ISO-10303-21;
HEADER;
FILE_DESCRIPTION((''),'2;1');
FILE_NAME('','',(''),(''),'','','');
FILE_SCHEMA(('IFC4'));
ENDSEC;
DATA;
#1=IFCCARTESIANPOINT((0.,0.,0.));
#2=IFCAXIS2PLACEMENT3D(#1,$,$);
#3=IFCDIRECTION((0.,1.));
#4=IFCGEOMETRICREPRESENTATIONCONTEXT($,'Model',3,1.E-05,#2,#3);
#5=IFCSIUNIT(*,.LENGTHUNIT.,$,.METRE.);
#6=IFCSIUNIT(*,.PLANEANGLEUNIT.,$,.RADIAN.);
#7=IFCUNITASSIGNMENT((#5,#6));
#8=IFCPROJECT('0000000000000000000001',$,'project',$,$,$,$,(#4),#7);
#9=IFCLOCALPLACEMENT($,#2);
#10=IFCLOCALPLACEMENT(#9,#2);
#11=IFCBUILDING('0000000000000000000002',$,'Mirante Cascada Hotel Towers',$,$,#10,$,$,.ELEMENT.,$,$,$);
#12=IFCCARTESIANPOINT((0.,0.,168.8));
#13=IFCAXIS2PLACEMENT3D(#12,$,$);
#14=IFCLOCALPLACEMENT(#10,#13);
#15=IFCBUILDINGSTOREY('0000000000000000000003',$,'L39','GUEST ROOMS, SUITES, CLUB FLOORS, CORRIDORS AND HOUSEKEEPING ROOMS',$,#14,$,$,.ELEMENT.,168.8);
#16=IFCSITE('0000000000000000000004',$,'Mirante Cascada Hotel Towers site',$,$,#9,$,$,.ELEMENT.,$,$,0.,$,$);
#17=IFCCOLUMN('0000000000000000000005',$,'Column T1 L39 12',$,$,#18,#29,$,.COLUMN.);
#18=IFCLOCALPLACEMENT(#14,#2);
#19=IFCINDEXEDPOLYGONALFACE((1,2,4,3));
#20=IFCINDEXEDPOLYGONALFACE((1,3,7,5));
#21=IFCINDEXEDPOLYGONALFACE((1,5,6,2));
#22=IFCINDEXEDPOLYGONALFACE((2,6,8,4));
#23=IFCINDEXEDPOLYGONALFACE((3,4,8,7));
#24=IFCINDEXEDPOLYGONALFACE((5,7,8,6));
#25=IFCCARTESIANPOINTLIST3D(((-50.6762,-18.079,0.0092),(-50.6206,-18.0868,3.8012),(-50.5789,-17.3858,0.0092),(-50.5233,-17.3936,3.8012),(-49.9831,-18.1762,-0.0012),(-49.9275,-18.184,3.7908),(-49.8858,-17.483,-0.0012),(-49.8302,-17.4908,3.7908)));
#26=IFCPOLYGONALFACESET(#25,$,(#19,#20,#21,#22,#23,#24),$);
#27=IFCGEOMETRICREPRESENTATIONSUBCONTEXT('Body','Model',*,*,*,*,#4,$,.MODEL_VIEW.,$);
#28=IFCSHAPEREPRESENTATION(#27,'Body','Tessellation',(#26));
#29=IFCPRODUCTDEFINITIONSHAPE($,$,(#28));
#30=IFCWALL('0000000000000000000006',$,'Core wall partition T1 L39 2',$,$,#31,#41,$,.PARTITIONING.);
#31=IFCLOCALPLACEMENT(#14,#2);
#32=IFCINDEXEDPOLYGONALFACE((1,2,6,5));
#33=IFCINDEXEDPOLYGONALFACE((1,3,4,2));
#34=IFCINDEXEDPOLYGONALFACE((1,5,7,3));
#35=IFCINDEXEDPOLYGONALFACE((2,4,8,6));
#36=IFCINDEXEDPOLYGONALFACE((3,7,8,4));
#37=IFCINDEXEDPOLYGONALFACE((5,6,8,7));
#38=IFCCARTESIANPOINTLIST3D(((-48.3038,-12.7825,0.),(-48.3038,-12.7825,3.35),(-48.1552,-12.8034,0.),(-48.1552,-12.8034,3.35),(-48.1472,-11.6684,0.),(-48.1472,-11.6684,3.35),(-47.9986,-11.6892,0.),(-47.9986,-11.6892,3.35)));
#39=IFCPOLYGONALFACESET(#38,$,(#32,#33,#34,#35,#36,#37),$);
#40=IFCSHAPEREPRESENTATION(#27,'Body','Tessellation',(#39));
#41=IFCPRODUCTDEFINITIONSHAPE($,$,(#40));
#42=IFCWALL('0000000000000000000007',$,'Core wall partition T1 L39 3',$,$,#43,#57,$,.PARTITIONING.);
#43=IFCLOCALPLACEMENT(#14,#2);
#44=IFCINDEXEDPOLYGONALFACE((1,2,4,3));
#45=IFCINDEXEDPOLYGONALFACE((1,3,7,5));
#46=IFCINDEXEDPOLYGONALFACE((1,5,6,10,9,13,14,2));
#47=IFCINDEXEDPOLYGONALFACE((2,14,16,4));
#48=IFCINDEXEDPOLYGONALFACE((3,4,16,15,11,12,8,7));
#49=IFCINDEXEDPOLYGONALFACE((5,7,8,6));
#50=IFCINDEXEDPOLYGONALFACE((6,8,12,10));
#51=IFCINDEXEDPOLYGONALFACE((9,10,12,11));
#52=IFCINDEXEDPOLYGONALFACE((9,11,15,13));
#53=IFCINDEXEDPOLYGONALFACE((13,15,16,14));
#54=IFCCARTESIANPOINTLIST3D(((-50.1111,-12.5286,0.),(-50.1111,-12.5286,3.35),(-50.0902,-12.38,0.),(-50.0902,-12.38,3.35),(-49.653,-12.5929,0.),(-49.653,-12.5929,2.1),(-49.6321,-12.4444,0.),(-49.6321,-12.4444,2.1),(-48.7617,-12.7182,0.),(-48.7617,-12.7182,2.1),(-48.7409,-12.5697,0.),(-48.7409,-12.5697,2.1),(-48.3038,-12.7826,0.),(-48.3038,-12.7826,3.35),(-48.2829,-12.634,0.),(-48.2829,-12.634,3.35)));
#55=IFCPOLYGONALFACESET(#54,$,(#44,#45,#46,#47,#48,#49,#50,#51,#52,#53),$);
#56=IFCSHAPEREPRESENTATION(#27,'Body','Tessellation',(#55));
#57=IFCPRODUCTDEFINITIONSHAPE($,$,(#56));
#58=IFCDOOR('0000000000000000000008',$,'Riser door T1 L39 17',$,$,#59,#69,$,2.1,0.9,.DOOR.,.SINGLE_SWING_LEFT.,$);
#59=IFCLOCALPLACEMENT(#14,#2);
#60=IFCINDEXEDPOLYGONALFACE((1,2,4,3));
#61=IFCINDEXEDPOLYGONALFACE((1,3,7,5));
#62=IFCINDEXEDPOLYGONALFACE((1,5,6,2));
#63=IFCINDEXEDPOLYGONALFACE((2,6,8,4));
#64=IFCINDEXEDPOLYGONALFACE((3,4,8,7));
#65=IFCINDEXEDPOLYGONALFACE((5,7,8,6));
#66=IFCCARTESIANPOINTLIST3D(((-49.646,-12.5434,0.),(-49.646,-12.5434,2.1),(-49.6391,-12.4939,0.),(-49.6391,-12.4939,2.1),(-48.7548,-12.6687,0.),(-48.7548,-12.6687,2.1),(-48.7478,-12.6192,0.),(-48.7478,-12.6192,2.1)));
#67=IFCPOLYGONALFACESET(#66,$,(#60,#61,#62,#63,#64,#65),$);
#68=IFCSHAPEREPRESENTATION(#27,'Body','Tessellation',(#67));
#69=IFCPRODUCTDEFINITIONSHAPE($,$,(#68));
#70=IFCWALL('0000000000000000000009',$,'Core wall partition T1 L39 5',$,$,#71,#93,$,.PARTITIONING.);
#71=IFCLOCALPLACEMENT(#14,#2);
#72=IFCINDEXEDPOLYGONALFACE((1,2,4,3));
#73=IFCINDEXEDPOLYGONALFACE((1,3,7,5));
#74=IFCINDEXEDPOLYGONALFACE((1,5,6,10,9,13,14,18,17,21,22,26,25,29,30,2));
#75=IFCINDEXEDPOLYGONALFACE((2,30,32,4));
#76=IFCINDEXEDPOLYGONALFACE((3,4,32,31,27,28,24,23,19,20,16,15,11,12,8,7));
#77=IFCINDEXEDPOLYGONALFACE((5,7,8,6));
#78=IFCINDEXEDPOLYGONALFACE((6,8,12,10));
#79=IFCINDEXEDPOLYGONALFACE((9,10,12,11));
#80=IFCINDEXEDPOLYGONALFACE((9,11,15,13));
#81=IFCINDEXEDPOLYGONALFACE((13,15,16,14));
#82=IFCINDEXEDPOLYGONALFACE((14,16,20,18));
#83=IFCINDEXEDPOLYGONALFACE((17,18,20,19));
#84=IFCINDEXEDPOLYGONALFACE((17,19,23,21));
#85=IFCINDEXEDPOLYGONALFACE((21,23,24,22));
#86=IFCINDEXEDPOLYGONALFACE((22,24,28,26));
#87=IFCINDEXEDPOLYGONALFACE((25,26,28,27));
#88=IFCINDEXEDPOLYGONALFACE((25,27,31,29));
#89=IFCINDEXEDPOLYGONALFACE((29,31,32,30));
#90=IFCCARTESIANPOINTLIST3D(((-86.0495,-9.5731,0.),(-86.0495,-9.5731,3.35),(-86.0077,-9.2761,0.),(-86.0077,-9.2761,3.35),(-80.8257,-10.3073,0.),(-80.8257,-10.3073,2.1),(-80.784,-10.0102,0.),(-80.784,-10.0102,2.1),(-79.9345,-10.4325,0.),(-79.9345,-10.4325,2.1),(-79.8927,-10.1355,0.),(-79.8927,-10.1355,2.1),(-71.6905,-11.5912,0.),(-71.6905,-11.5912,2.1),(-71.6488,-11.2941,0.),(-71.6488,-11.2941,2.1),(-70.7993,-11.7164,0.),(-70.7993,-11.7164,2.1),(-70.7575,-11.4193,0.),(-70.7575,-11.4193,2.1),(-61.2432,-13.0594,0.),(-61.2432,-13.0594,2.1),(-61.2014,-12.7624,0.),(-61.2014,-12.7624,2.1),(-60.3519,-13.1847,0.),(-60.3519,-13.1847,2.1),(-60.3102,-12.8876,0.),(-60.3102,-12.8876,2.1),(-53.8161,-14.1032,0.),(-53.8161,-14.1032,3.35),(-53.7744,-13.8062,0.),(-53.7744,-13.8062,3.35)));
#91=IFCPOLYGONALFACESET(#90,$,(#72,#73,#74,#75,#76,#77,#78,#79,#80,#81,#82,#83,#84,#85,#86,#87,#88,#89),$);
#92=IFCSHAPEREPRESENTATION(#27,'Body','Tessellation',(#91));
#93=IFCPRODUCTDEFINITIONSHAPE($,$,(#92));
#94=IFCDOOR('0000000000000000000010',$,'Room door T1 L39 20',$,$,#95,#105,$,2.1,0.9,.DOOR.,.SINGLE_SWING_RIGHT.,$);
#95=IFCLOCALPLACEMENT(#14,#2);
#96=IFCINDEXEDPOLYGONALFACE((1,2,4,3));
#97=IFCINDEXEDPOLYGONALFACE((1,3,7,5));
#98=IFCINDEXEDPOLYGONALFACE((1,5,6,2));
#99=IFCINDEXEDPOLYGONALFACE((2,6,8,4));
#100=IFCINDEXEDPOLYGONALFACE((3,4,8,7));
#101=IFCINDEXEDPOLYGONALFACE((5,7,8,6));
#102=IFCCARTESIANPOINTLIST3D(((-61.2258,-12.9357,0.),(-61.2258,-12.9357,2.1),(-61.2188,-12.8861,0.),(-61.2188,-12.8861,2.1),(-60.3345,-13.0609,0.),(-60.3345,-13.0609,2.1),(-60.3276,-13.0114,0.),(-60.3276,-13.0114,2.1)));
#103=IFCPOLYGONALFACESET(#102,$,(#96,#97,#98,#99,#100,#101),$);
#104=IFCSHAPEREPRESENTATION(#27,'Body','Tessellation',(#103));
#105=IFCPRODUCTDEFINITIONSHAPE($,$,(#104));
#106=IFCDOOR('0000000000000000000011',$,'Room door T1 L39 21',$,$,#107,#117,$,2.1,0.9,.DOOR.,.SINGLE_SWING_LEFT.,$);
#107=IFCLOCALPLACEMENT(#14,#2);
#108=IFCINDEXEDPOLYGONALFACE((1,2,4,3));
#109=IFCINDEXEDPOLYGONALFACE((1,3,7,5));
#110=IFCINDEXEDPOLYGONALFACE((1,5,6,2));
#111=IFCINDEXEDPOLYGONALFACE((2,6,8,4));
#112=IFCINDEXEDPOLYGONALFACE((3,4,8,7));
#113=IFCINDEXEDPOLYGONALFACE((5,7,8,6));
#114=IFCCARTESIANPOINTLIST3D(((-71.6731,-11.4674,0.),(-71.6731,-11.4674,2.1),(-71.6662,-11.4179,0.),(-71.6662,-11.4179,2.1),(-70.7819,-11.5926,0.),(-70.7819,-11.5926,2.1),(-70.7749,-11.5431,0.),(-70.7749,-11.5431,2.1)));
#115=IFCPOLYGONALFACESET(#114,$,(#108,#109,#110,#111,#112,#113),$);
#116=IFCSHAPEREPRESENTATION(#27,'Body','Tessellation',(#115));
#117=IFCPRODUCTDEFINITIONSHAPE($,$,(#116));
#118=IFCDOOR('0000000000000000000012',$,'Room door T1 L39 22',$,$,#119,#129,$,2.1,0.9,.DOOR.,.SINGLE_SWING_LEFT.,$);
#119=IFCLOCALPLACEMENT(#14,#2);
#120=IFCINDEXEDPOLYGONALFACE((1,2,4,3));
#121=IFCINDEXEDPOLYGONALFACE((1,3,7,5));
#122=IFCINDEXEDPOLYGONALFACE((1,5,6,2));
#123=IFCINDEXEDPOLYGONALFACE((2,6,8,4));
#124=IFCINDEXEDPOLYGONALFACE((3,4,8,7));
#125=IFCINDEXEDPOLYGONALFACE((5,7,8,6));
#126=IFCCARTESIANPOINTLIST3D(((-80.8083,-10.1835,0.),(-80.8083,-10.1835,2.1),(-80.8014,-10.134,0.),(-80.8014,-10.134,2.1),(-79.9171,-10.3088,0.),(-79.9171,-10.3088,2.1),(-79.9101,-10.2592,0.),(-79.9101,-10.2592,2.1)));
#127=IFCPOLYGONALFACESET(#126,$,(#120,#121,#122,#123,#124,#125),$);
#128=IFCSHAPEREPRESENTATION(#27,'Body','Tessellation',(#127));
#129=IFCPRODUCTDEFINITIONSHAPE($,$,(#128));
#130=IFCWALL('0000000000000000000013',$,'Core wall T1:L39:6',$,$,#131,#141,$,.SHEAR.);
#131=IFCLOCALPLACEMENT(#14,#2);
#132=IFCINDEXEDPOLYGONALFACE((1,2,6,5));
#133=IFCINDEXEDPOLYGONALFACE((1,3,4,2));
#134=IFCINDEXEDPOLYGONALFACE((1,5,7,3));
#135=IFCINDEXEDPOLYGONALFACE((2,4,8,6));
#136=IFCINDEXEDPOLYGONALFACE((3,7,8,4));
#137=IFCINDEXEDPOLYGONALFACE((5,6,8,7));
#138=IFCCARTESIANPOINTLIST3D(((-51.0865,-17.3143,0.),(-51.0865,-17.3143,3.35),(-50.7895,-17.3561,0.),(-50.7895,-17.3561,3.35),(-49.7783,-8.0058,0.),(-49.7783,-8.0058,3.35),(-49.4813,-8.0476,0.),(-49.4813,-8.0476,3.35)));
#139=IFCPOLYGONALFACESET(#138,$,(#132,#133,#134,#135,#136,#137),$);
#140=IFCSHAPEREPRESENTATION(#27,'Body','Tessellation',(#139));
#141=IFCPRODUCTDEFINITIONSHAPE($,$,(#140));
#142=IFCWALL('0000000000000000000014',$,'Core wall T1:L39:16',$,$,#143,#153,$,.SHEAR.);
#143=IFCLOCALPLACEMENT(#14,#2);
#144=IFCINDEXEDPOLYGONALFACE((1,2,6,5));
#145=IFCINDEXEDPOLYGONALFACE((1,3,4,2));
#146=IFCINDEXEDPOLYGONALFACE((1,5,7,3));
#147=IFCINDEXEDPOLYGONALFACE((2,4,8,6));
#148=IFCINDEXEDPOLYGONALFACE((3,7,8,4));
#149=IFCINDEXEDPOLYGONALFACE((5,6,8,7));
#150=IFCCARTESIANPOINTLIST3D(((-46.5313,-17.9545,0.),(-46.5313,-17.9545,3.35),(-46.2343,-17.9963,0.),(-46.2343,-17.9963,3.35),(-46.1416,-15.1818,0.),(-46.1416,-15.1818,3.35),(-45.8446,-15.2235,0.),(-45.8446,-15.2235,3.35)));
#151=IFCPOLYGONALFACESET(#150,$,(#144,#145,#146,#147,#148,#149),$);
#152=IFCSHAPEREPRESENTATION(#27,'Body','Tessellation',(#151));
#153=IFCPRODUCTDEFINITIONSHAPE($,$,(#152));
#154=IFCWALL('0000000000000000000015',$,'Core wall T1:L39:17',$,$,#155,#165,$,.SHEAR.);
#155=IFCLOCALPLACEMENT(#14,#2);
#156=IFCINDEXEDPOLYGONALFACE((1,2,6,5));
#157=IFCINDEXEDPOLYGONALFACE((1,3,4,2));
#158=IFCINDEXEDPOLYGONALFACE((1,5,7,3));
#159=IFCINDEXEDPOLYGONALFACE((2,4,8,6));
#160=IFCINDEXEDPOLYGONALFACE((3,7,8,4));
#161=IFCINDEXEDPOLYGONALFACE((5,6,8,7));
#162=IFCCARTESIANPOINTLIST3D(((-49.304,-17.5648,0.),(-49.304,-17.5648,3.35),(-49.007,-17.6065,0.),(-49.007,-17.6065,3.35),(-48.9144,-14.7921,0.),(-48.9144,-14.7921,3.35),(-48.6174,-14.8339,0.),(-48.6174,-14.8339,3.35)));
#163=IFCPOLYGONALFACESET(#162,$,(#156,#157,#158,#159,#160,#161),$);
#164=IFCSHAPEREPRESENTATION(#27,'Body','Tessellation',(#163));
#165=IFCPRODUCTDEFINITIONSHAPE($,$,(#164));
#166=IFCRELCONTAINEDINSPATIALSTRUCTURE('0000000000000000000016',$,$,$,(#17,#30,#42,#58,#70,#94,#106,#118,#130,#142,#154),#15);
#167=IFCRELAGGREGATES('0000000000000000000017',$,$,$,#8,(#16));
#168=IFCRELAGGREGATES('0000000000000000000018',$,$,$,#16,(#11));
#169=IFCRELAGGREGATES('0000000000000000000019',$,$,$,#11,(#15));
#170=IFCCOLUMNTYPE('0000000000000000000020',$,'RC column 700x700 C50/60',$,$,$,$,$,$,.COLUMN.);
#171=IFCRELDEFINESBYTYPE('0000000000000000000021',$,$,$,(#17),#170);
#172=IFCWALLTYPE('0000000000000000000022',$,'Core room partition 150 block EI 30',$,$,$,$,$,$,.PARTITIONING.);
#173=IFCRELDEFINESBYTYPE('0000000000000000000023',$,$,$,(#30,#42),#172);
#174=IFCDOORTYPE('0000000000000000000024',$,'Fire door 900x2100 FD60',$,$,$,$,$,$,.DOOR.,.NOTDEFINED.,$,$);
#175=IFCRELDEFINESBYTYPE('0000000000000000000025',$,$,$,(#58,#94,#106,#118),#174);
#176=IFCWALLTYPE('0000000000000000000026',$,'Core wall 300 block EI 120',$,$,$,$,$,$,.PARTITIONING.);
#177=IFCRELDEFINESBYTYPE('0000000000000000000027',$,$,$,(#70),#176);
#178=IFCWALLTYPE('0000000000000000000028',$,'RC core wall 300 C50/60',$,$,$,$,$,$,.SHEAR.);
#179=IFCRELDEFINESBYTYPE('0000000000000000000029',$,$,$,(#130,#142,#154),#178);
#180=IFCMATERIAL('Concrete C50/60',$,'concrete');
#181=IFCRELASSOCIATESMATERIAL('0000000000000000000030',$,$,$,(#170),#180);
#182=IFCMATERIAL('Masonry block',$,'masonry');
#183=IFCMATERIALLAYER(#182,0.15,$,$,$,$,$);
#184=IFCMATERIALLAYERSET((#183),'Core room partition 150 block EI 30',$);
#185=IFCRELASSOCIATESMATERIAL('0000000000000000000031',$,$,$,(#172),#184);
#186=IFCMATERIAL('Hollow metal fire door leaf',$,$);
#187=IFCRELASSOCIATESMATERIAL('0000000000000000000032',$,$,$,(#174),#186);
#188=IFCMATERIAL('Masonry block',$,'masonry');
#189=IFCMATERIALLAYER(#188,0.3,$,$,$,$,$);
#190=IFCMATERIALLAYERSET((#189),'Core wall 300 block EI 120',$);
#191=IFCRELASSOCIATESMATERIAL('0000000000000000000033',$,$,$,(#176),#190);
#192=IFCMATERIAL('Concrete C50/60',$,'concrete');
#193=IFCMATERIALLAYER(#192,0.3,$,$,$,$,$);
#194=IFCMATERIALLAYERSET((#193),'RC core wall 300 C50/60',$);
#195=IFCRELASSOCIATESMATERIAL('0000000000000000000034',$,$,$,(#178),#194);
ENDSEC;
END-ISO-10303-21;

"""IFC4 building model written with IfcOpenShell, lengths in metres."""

from ifc_helpers import new_model, si_unit, direction, frame, frame_2d, origin, origin_2d, place, context, subcontext, project, spatial, rectangle, extrude, material, layer, layer_set, material_profile, profile_set, type_object, element, fill, save


model = new_model("IFC4")

# Units and contexts
model_context = context("Model", 3, precision=1e-05, world=origin(), true_north=direction((0.0, 1.0)))
body_context = subcontext(model_context, "Body", "Model", "MODEL_VIEW")
ifc_project = project(units=[si_unit("LENGTHUNIT", "METRE"), si_unit("PLANEANGLEUNIT", "RADIAN")], contexts=[model_context])

# Site, building, storey
site_placement = place(None, origin())
site = spatial("IfcSite", under=ifc_project, at=site_placement, Name="Mirante Cascada Hotel Towers site", CompositionType="ELEMENT", RefElevation=0.0)
building_placement = place(site_placement, origin())
building = spatial("IfcBuilding", under=site, at=building_placement, Name="Mirante Cascada Hotel Towers", CompositionType="ELEMENT")
storey_placement = place(building_placement, frame((0.0, 0.0, 168.8)))
storey = spatial("IfcBuildingStorey", under=building, at=storey_placement, Name="L39", Description="GUEST ROOMS, SUITES, CLUB FLOORS, CORRIDORS AND HOUSEKEEPING ROOMS", CompositionType="ELEMENT", Elevation=168.8)

# Column
ifc_material_1 = material(Name="Concrete C50/60", Category="concrete")
ifc_material_profile = material_profile(ifc_material_1, rectangle(XDim=0.7, YDim=0.7, at=origin_2d()), Name="RC column 700x700 C50/60")
ifc_profile_set = profile_set([ifc_material_profile], Name="Concrete C50/60")
column_type = type_object("IfcColumnType", Name="RC column 700x700 C50/60", PredefinedType="COLUMN", material=ifc_profile_set)
column_placement = place(storey_placement, frame((-50.281, -17.781, 0.004), z_axis=(0.014661, -0.002057, 0.99989), x_axis=(0.138927, 0.990303, 0.0)))
element("IfcColumn", 1, at=column_placement, inside=storey, type_object=column_type, Name="Column T1 L39 12", PredefinedType="COLUMN", context=body_context, shape_type="SweptSolid", body=[
    extrude(rectangle(XDim=0.7, YDim=0.7, at=origin_2d()), origin(), (0.0, 0.0, 1.0), 3.7924),
])

# Wall
ifc_material_2 = material(Name="Masonry block", Category="masonry")
ifc_layer_1 = layer(ifc_material_2, 0.15)
ifc_layer_set_1 = layer_set([ifc_layer_1], Name="Core room partition 150 block EI 30")
wall_type_1 = type_object("IfcWallType", Name="Core room partition 150 block EI 30", PredefinedType="PARTITIONING", material=ifc_layer_set_1)
wall_1_placement = place(storey_placement, frame((-48.2295, -12.793, 0.0), z_axis=(0.0, 0.0, 1.0), x_axis=(0.139193, 0.990265, 0.0)))
element("IfcWall", 2, at=wall_1_placement, inside=storey, type_object=wall_type_1, Name="Core wall partition T1 L39 2", PredefinedType="PARTITIONING", context=body_context, shape_type="SweptSolid", body=[
    extrude(rectangle(XDim=1.1251, YDim=0.15, at=frame_2d((0.5626, 0.0))), origin(), (0.0, 0.0, 1.0), 3.35),
])

# Wall, opening, door
wall_2_placement = place(storey_placement, frame((-48.2933, -12.7083, 0.0), z_axis=(0.0, 0.0, 1.0), x_axis=(-0.990268, 0.139173, 0.0)))
wall_2 = element("IfcWall", 3, at=wall_2_placement, inside=storey, type_object=wall_type_1, Name="Core wall partition T1 L39 3", PredefinedType="PARTITIONING", context=body_context, shape_type="SweptSolid", body=[
    extrude(rectangle(XDim=1.8251, YDim=0.15, at=frame_2d((0.9126, 0.0))), origin(), (0.0, 0.0, 1.0), 3.35),
])
opening_1_placement = place(wall_2_placement, frame((0.4625, 0.0, 0.0)))
opening_1 = element("IfcOpeningElement", 4, at=opening_1_placement, cuts=wall_2, PredefinedType="OPENING", context=body_context, shape_type="SweptSolid", body=[
    extrude(rectangle(XDim=0.9, YDim=2.1, at=frame_2d((0.45, 1.05))), frame((0.0, 0.075, 0.0), z_axis=(0.0, -1.0, 0.0), x_axis=(1.0, 0.0, 0.0)), (0.0, 0.0, 1.0), 0.15),
])
ifc_material_3 = material(Name="Hollow metal fire door leaf")
door_type = type_object("IfcDoorType", Name="Fire door 900x2100 FD60", OperationType="NOTDEFINED", PredefinedType="DOOR", material=ifc_material_3)
door_1_placement = place(opening_1_placement, origin())
door_1 = element("IfcDoor", 5, at=door_1_placement, inside=storey, type_object=door_type, Name="Riser door T1 L39 17", OperationType="SINGLE_SWING_LEFT", OverallHeight=2.1, OverallWidth=0.9, PredefinedType="DOOR", context=body_context, shape_type="SweptSolid", body=[
    extrude(rectangle(XDim=0.9, YDim=2.1, at=frame_2d((0.45, 1.05))), frame((0.0, 0.025, 0.0), z_axis=(0.0, -1.0, 0.0), x_axis=(1.0, 0.0, 0.0)), (0.0, 0.0, 1.0), 0.05),
])
fill(opening_1, door_1)

# Wall, openings, doors
ifc_material_4 = material(Name="Masonry block", Category="masonry")
ifc_layer_2 = layer(ifc_material_4, 0.3)
ifc_layer_set_2 = layer_set([ifc_layer_2], Name="Core wall 300 block EI 120")
wall_type_2 = type_object("IfcWallType", Name="Core wall 300 block EI 120", PredefinedType="PARTITIONING", material=ifc_layer_set_2)
wall_3_placement = place(storey_placement, frame((-53.7953, -13.9547, 0.0), z_axis=(0.0, 0.0, 1.0), x_axis=(-0.990268, 0.139173, 0.0)))
wall_3 = element("IfcWall", 6, at=wall_3_placement, inside=storey, type_object=wall_type_2, Name="Core wall partition T1 L39 5", PredefinedType="PARTITIONING", context=body_context, shape_type="SweptSolid", body=[
    extrude(rectangle(XDim=32.5501, YDim=0.3, at=frame_2d((16.275, 0.0))), origin(), (0.0, 0.0, 1.0), 3.35),
])
opening_2_placement = place(wall_3_placement, frame((6.6, 0.0, 0.0)))
opening_2 = element("IfcOpeningElement", 7, at=opening_2_placement, cuts=wall_3, PredefinedType="OPENING", context=body_context, shape_type="SweptSolid", body=[
    extrude(rectangle(XDim=0.9, YDim=2.1, at=frame_2d((0.45, 1.05))), frame((0.0, 0.15, 0.0), z_axis=(0.0, -1.0, 0.0), x_axis=(1.0, 0.0, 0.0)), (0.0, 0.0, 1.0), 0.3),
])
opening_3_placement = place(wall_3_placement, frame((17.15, 0.0, 0.0)))
opening_3 = element("IfcOpeningElement", 8, at=opening_3_placement, cuts=wall_3, PredefinedType="OPENING", context=body_context, shape_type="SweptSolid", body=[
    extrude(rectangle(XDim=0.9, YDim=2.1, at=frame_2d((0.45, 1.05))), frame((0.0, 0.15, 0.0), z_axis=(0.0, -1.0, 0.0), x_axis=(1.0, 0.0, 0.0)), (0.0, 0.0, 1.0), 0.3),
])
opening_4_placement = place(wall_3_placement, frame((26.375, 0.0, 0.0)))
opening_4 = element("IfcOpeningElement", 9, at=opening_4_placement, cuts=wall_3, PredefinedType="OPENING", context=body_context, shape_type="SweptSolid", body=[
    extrude(rectangle(XDim=0.9, YDim=2.1, at=frame_2d((0.45, 1.05))), frame((0.0, 0.15, 0.0), z_axis=(0.0, -1.0, 0.0), x_axis=(1.0, 0.0, 0.0)), (0.0, 0.0, 1.0), 0.3),
])
door_2_placement = place(opening_2_placement, origin())
door_2 = element("IfcDoor", 10, at=door_2_placement, inside=storey, type_object=door_type, Name="Room door T1 L39 20", OperationType="SINGLE_SWING_RIGHT", OverallHeight=2.1, OverallWidth=0.9, PredefinedType="DOOR", context=body_context, shape_type="SweptSolid", body=[
    extrude(rectangle(XDim=0.9, YDim=2.1, at=frame_2d((0.45, 1.05))), frame((0.0, 0.025, 0.0), z_axis=(0.0, -1.0, 0.0), x_axis=(1.0, 0.0, 0.0)), (0.0, 0.0, 1.0), 0.05),
])
fill(opening_2, door_2)
door_3_placement = place(opening_3_placement, origin())
door_3 = element("IfcDoor", 11, at=door_3_placement, inside=storey, type_object=door_type, Name="Room door T1 L39 21", OperationType="SINGLE_SWING_LEFT", OverallHeight=2.1, OverallWidth=0.9, PredefinedType="DOOR", context=body_context, shape_type="SweptSolid", body=[
    extrude(rectangle(XDim=0.9, YDim=2.1, at=frame_2d((0.45, 1.05))), frame((0.0, 0.025, 0.0), z_axis=(0.0, -1.0, 0.0), x_axis=(1.0, 0.0, 0.0)), (0.0, 0.0, 1.0), 0.05),
])
fill(opening_3, door_3)
door_4_placement = place(opening_4_placement, origin())
door_4 = element("IfcDoor", 12, at=door_4_placement, inside=storey, type_object=door_type, Name="Room door T1 L39 22", OperationType="SINGLE_SWING_LEFT", OverallHeight=2.1, OverallWidth=0.9, PredefinedType="DOOR", context=body_context, shape_type="SweptSolid", body=[
    extrude(rectangle(XDim=0.9, YDim=2.1, at=frame_2d((0.45, 1.05))), frame((0.0, 0.025, 0.0), z_axis=(0.0, -1.0, 0.0), x_axis=(1.0, 0.0, 0.0)), (0.0, 0.0, 1.0), 0.05),
])
fill(opening_4, door_4)

# Walls
ifc_material_5 = material(Name="Concrete C50/60", Category="concrete")
ifc_layer_3 = layer(ifc_material_5, 0.3)
ifc_layer_set_3 = layer_set([ifc_layer_3], Name="RC core wall 300 C50/60")
wall_type_3 = type_object("IfcWallType", Name="RC core wall 300 C50/60", PredefinedType="SHEAR", material=ifc_layer_set_3)
wall_4_placement = place(storey_placement, frame((-50.938, -17.3352, 0.0), z_axis=(0.0, 0.0, 1.0), x_axis=(0.139171, 0.990268, 0.0)))
element("IfcWall", 13, at=wall_4_placement, inside=storey, type_object=wall_type_3, Name="Core wall T1:L39:6", PredefinedType="SHEAR", context=body_context, shape_type="SweptSolid", body=[
    extrude(rectangle(XDim=9.4, YDim=0.3, at=frame_2d((4.7, 0.0))), origin(), (0.0, 0.0, 1.0), 3.35),
])
wall_5_placement = place(storey_placement, frame((-46.3828, -17.9754, 0.0), z_axis=(0.0, 0.0, 1.0), x_axis=(0.139181, 0.990267, 0.0)))
element("IfcWall", 14, at=wall_5_placement, inside=storey, type_object=wall_type_3, Name="Core wall T1:L39:16", PredefinedType="SHEAR", context=body_context, shape_type="SweptSolid", body=[
    extrude(rectangle(XDim=2.8, YDim=0.3, at=frame_2d((1.4, 0.0))), origin(), (0.0, 0.0, 1.0), 3.35),
])
wall_6_placement = place(storey_placement, frame((-49.1555, -17.5857, 0.0), z_axis=(0.0, 0.0, 1.0), x_axis=(0.139146, 0.990272, 0.0)))
element("IfcWall", 15, at=wall_6_placement, inside=storey, type_object=wall_type_3, Name="Core wall T1:L39:17", PredefinedType="SHEAR", context=body_context, shape_type="SweptSolid", body=[
    extrude(rectangle(XDim=2.7999, YDim=0.3, at=frame_2d((1.4, 0.0))), origin(), (0.0, 0.0, 1.0), 3.35),
])

save(model, "model.ifc")
